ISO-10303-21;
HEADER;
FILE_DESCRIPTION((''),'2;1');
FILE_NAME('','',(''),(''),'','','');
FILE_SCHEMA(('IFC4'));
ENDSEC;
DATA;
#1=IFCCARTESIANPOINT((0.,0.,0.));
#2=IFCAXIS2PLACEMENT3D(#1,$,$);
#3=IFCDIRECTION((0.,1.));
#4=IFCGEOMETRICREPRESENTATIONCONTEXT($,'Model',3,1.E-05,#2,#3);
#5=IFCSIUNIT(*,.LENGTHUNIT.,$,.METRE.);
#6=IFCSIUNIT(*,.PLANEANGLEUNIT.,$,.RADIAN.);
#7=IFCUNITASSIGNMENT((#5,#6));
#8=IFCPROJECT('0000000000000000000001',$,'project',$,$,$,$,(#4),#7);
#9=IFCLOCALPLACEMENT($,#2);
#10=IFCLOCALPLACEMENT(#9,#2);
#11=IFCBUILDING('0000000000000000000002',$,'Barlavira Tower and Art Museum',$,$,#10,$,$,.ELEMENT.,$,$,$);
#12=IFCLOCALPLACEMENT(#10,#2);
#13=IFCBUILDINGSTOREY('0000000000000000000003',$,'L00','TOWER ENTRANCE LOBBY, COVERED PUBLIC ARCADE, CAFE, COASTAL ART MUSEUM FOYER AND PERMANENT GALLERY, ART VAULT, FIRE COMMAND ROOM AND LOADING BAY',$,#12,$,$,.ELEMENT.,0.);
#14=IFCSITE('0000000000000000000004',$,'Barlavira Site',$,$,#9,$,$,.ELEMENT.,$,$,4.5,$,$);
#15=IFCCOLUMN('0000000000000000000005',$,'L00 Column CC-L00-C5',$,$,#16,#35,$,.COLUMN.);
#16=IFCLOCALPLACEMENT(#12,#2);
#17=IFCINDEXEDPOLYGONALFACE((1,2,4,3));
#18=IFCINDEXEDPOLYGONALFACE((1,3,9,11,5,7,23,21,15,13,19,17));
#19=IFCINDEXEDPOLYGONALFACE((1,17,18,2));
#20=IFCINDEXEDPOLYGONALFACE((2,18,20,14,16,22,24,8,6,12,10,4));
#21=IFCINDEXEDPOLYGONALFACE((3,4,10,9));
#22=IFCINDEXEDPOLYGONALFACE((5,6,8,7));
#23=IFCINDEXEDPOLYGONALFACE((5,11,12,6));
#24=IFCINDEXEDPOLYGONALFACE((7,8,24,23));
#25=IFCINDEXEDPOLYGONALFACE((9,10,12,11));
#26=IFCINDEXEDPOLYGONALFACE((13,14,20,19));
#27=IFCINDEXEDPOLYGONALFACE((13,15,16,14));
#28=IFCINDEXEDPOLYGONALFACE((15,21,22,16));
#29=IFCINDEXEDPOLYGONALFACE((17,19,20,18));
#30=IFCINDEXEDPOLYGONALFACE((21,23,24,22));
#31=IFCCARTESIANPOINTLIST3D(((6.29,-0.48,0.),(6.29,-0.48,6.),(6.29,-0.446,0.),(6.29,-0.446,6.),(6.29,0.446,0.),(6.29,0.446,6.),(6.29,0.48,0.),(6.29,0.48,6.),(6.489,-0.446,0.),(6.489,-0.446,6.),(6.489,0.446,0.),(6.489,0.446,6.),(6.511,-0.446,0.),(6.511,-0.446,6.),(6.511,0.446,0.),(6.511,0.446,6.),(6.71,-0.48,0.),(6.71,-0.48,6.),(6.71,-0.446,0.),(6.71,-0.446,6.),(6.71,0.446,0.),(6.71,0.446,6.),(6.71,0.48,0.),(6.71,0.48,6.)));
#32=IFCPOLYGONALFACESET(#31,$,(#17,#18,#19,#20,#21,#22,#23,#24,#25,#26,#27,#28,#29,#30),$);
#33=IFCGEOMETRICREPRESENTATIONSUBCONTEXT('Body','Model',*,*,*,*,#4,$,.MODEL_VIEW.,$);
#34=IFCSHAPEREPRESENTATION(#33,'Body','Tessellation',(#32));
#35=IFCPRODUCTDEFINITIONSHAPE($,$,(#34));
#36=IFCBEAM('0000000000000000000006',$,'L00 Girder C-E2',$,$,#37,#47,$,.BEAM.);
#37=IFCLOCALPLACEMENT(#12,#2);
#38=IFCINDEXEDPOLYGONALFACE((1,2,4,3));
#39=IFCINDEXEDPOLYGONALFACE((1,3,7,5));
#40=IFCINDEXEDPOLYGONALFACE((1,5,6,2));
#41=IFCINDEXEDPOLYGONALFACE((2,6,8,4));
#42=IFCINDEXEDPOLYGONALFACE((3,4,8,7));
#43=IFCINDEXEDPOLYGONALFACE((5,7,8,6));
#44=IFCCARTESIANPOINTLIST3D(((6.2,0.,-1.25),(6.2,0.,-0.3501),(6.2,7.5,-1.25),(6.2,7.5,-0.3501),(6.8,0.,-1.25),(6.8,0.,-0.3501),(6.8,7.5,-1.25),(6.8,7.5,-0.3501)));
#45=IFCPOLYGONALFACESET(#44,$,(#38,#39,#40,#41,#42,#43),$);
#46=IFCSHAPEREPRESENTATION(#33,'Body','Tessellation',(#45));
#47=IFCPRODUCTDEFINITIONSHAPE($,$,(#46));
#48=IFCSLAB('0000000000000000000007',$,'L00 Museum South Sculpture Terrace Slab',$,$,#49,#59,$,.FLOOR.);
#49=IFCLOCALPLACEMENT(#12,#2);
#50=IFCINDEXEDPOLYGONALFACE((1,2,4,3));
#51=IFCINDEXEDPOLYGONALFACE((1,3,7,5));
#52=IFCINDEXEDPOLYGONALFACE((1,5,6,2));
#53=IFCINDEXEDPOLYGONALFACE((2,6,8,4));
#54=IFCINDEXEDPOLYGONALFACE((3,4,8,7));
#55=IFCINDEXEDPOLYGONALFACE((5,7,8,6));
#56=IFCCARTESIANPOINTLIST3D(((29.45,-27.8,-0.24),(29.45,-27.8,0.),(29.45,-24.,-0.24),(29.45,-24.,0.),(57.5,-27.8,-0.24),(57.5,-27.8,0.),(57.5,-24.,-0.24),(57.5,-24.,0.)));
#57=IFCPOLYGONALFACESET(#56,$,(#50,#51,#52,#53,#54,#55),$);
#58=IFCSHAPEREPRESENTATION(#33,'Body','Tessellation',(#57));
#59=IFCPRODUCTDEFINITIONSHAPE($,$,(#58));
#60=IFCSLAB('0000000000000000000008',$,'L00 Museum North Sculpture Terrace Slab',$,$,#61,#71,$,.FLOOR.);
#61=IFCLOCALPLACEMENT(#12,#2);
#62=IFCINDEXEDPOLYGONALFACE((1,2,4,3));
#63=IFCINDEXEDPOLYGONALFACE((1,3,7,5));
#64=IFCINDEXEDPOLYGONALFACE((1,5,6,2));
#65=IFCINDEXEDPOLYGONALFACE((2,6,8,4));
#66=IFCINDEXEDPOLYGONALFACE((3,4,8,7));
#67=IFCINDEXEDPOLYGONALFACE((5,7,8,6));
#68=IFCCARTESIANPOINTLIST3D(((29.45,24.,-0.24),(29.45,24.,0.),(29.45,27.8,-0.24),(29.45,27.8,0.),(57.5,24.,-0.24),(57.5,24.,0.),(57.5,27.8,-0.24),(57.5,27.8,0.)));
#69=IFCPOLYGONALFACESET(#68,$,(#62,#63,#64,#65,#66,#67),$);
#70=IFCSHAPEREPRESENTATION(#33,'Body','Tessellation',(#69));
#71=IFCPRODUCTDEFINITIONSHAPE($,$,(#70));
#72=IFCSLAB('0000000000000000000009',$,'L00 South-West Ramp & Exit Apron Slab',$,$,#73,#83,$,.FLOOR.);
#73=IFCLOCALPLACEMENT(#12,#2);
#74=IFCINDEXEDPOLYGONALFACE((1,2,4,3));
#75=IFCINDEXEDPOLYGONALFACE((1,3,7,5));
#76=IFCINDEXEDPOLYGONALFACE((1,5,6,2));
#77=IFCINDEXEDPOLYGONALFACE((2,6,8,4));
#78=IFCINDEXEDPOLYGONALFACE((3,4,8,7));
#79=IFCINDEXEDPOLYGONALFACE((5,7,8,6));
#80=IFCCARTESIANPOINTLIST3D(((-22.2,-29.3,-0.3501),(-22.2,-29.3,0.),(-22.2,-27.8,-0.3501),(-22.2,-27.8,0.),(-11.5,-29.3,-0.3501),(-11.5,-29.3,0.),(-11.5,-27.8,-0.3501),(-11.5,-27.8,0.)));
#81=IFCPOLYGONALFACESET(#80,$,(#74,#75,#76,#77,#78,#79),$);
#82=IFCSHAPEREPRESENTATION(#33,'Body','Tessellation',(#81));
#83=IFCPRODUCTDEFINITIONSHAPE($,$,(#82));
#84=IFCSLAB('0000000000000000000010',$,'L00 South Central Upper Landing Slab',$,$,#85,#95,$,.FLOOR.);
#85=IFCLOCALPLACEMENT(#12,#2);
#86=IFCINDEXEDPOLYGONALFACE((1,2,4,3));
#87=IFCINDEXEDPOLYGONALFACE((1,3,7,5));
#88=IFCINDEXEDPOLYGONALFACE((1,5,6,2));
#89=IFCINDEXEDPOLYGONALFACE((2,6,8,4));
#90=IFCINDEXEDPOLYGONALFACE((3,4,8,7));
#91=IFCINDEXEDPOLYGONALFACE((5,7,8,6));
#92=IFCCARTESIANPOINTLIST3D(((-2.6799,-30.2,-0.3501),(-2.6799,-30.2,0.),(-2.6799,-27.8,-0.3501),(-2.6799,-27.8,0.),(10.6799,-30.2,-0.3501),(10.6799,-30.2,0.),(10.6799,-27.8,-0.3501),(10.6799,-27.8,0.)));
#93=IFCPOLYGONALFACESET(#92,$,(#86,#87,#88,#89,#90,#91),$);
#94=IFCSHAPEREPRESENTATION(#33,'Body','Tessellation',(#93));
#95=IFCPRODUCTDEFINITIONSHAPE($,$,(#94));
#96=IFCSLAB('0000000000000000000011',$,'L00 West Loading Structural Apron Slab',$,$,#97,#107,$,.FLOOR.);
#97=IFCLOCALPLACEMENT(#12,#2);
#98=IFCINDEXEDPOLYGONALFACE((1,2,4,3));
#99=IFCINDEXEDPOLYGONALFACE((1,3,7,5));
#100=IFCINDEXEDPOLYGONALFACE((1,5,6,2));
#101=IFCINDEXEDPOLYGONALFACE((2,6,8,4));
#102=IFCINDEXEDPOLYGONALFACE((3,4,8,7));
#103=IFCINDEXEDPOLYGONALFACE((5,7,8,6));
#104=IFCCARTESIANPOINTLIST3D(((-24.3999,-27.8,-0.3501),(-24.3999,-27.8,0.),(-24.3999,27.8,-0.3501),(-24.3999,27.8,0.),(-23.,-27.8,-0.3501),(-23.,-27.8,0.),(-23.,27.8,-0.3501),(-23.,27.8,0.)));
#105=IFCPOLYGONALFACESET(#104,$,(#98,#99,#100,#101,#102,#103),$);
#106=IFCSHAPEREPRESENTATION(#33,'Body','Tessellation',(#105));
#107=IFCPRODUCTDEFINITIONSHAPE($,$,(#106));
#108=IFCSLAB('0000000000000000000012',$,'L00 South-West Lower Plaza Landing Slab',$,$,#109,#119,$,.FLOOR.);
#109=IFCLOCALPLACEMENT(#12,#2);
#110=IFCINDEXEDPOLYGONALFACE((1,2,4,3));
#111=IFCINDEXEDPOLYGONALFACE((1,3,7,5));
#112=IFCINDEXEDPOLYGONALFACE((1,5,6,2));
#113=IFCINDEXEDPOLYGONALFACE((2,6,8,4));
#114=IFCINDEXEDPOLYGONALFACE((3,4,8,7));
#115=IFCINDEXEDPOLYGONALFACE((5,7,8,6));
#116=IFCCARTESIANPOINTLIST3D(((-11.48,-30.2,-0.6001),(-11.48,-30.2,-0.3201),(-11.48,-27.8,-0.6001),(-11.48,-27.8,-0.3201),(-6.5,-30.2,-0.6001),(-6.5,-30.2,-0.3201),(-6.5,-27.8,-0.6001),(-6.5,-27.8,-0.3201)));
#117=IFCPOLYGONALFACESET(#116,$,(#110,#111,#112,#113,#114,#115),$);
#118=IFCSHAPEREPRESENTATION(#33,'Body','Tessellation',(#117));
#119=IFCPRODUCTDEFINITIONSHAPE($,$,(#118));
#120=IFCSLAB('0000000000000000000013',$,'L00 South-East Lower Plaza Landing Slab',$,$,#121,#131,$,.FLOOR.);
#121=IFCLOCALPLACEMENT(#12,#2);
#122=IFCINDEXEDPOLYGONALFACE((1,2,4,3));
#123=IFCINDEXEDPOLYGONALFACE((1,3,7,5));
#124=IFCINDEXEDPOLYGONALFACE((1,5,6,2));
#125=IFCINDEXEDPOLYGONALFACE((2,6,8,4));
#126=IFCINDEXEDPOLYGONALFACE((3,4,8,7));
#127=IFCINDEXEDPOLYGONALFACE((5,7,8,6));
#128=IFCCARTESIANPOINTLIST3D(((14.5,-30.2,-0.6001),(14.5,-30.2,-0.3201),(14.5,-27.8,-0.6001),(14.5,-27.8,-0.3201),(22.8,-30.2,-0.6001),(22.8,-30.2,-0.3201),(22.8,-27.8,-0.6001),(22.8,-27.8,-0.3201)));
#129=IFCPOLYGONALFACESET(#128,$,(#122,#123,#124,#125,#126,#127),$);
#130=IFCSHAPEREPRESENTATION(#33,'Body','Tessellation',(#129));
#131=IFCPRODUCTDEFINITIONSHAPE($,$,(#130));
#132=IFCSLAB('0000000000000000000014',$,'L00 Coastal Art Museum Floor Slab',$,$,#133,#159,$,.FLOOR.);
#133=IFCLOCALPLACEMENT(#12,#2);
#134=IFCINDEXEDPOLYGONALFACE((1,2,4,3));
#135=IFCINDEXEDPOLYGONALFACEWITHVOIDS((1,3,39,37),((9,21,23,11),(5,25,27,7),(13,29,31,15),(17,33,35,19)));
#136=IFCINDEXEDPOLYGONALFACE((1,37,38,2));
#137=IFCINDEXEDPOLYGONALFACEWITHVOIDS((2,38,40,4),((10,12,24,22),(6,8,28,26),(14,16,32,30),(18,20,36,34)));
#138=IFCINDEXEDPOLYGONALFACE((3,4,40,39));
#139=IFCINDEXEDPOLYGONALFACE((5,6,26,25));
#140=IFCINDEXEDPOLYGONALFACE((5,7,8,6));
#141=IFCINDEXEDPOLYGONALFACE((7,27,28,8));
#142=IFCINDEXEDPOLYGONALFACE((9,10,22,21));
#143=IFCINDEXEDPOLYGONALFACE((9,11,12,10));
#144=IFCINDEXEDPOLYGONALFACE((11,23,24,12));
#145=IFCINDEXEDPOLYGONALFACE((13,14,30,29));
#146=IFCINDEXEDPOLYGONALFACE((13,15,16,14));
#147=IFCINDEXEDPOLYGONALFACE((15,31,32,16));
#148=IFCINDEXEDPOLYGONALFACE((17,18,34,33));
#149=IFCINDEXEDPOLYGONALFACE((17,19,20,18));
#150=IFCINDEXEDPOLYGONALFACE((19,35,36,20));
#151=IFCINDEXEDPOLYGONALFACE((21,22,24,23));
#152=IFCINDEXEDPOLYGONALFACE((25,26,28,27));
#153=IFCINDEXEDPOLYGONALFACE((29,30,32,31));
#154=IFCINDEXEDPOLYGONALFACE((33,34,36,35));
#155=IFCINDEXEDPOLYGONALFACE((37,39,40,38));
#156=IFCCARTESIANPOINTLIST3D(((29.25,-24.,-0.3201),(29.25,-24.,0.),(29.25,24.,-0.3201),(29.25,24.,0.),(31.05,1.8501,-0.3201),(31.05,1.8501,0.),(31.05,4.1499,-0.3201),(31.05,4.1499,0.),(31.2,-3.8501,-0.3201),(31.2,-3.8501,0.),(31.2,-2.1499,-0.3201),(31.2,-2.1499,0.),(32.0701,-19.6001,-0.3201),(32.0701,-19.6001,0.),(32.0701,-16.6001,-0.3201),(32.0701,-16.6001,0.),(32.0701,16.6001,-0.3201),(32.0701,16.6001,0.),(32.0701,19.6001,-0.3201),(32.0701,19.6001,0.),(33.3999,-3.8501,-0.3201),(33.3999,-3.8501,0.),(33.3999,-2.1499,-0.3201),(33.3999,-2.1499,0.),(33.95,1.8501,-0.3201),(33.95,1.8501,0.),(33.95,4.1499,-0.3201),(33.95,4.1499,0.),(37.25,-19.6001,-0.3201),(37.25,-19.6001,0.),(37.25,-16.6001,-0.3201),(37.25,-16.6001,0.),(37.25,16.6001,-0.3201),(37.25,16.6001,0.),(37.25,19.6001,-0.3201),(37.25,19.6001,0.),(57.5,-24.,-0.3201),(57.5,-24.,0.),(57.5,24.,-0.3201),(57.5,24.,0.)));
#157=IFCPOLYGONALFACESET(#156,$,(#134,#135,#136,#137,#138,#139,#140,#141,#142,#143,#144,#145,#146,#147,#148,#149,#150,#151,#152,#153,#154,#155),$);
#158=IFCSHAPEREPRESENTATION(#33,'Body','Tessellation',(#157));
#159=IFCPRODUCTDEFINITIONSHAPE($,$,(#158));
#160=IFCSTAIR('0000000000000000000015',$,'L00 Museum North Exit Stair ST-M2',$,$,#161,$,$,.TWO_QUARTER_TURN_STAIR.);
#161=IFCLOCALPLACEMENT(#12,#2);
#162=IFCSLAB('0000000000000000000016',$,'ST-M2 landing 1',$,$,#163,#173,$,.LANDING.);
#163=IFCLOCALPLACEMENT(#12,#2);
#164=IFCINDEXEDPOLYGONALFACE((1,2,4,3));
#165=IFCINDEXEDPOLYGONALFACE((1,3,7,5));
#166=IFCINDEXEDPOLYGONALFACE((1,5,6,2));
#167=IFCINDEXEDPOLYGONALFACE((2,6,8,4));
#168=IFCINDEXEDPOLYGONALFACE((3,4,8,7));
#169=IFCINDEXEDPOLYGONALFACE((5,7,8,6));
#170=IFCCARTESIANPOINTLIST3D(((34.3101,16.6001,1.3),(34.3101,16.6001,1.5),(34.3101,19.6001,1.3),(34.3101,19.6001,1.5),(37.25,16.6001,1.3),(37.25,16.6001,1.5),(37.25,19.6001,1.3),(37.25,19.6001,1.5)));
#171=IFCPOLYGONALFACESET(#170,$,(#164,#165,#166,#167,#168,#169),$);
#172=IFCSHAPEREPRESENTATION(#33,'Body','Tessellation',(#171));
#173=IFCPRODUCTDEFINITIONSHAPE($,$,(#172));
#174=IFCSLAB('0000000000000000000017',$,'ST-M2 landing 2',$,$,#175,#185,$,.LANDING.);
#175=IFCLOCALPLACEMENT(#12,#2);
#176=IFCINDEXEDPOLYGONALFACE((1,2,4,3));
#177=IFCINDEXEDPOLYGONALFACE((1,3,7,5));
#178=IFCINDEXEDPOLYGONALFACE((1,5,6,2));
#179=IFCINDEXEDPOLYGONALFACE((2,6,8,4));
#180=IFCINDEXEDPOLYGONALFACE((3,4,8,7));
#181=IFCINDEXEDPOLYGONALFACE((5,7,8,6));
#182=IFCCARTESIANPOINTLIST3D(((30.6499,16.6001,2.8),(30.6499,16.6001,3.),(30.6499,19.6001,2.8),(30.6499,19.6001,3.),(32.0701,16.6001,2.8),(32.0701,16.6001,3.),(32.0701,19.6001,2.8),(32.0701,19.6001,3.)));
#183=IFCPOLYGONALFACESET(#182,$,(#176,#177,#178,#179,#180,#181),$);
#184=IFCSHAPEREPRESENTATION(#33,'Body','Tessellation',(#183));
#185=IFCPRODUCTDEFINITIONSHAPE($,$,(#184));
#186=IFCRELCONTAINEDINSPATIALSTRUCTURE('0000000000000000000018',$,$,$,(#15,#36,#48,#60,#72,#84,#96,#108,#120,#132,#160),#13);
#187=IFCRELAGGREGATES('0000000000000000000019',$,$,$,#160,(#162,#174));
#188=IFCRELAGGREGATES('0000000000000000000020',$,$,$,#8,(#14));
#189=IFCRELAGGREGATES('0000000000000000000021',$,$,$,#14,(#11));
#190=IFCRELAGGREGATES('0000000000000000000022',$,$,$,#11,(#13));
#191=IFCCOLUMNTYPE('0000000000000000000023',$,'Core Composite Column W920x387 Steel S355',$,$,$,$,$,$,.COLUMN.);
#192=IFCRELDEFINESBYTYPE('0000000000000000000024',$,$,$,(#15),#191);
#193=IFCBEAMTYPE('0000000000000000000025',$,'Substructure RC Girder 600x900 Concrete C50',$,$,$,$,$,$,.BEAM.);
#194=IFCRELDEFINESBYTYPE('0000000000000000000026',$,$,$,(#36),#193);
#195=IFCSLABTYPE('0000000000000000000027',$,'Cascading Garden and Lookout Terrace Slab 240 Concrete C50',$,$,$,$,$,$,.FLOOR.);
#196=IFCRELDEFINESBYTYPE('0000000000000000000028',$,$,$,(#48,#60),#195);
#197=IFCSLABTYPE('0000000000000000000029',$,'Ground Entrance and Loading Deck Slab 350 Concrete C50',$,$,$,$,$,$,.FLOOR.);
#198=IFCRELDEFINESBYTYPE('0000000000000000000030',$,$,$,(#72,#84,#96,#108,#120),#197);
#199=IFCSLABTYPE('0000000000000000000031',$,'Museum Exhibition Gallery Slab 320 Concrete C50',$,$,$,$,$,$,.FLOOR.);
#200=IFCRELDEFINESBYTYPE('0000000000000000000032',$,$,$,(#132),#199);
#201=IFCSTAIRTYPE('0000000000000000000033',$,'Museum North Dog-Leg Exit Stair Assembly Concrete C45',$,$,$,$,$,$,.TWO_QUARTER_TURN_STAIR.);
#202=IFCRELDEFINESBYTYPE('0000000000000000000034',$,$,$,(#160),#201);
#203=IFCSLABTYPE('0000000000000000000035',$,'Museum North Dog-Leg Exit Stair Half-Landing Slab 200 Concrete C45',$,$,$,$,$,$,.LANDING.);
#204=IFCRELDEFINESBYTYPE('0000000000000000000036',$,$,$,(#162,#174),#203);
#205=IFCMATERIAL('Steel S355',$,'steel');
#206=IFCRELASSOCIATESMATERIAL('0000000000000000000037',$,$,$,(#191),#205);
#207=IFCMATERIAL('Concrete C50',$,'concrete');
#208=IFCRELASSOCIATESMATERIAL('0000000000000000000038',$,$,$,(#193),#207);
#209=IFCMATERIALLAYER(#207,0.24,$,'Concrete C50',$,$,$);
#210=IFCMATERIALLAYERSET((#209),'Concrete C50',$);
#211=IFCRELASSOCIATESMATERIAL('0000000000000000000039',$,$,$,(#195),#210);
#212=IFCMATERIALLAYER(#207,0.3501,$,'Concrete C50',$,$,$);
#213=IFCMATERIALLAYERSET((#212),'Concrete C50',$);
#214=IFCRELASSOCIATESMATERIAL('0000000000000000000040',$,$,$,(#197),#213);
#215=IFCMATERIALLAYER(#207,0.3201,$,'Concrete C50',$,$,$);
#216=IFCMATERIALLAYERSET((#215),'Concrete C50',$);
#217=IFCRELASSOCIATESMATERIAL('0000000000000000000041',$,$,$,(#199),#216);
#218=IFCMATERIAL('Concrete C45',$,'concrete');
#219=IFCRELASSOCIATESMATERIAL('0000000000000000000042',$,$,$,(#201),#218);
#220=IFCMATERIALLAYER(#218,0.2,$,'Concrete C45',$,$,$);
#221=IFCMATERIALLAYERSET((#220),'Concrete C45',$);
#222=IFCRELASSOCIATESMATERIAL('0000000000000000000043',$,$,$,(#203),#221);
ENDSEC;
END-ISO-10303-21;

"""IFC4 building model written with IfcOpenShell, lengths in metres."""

from ifc_helpers import new_model, si_unit, direction, frame, origin, origin_2d, place, context, subcontext, project, spatial, polyline, rectangle, i_section, outline, extrude, material, layer, layer_set, material_profile, profile_set, type_object, element, aggregate, save


model = new_model("IFC4")

# Units and contexts
model_context = context("Model", 3, precision=1e-05, world=origin(), true_north=direction((0.0, 1.0)))
body_context = subcontext(model_context, "Body", "Model", "MODEL_VIEW")
ifc_project = project(units=[si_unit("LENGTHUNIT", "METRE"), si_unit("PLANEANGLEUNIT", "RADIAN")], contexts=[model_context])

# Site, building, storey
site_placement = place(None, origin())
site = spatial("IfcSite", under=ifc_project, at=site_placement, Name="Barlavira Site", CompositionType="ELEMENT", RefElevation=4.5)
building_placement = place(site_placement, origin())
building = spatial("IfcBuilding", under=site, at=building_placement, Name="Barlavira Tower and Art Museum", CompositionType="ELEMENT")
storey_placement = place(building_placement, origin())
storey = spatial("IfcBuildingStorey", under=building, at=storey_placement, Name="L00", Description="TOWER ENTRANCE LOBBY, COVERED PUBLIC ARCADE, CAFE, COASTAL ART MUSEUM FOYER AND PERMANENT GALLERY, ART VAULT, FIRE COMMAND ROOM AND LOADING BAY", CompositionType="ELEMENT", Elevation=0.0)

# Column
ifc_material_1 = material(Name="Steel S355", Category="steel")
ifc_material_profile_1 = material_profile(ifc_material_1, i_section(OverallWidth=0.4199, OverallDepth=0.96, WebThickness=0.022, FlangeThickness=0.0339, at=origin_2d()), Name="W920x387.0")
ifc_profile_set_1 = profile_set([ifc_material_profile_1], Name="Steel S355")
column_type = type_object("IfcColumnType", Name="Core Composite Column W920x387 Steel S355", PredefinedType="COLUMN", material=ifc_profile_set_1)
column_placement = place(storey_placement, frame((6.5, 0.0, 0.0), z_axis=(0.0, 0.0, 1.0), x_axis=(1.0, 0.0, 0.0)))
element("IfcColumn", 1, at=column_placement, inside=storey, type_object=column_type, Name="L00 Column CC-L00-C5", PredefinedType="COLUMN", context=body_context, shape_type="SweptSolid", body=[
    extrude(i_section(OverallWidth=0.4199, OverallDepth=0.96, WebThickness=0.022, FlangeThickness=0.0339, at=origin_2d()), origin(), (0.0, 0.0, 1.0), 6.0),
])

# Beam
ifc_material_2 = material(Name="Concrete C50", Category="concrete")
ifc_material_profile_2 = material_profile(ifc_material_2, rectangle(XDim=0.6001, YDim=0.8999, at=origin_2d()), Name="RC-BM 600x900")
ifc_profile_set_2 = profile_set([ifc_material_profile_2], Name="Concrete C50")
beam_type = type_object("IfcBeamType", Name="Substructure RC Girder 600x900 Concrete C50", PredefinedType="BEAM", material=ifc_profile_set_2)
beam_placement = place(storey_placement, frame((6.5, 0.0, -0.8), z_axis=(0.0, 1.0, 0.0), x_axis=(-1.0, 0.0, 0.0)))
element("IfcBeam", 2, at=beam_placement, inside=storey, type_object=beam_type, Name="L00 Girder C-E2", PredefinedType="BEAM", context=body_context, shape_type="SweptSolid", body=[
    extrude(rectangle(XDim=0.6001, YDim=0.8999, at=origin_2d()), origin(), (0.0, 0.0, 1.0), 7.5),
])

# Slabs
ifc_layer_1 = layer(ifc_material_2, 0.24, Name="Concrete C50")
ifc_layer_set_1 = layer_set([ifc_layer_1], Name="Concrete C50")
slab_type_1 = type_object("IfcSlabType", Name="Cascading Garden and Lookout Terrace Slab 240 Concrete C50", PredefinedType="FLOOR", material=ifc_layer_set_1)
slab_1_placement = place(storey_placement, frame((0.0, 0.0, -0.24)))
element("IfcSlab", 3, at=slab_1_placement, inside=storey, type_object=slab_type_1, Name="L00 Museum South Sculpture Terrace Slab", PredefinedType="FLOOR", context=body_context, shape_type="SweptSolid", body=[
    extrude(outline(polyline([(29.45, -27.8), (57.5, -27.8), (57.5, -24.0), (29.45, -24.0), (29.45, -27.8)])), origin(), (0.0, 0.0, 1.0), 0.24),
])
slab_2_placement = place(storey_placement, frame((0.0, 0.0, -0.24)))
element("IfcSlab", 4, at=slab_2_placement, inside=storey, type_object=slab_type_1, Name="L00 Museum North Sculpture Terrace Slab", PredefinedType="FLOOR", context=body_context, shape_type="SweptSolid", body=[
    extrude(outline(polyline([(29.45, 24.0), (57.5, 24.0), (57.5, 27.8), (29.45, 27.8), (29.45, 24.0)])), origin(), (0.0, 0.0, 1.0), 0.24),
])
ifc_layer_2 = layer(ifc_material_2, 0.3501, Name="Concrete C50")
ifc_layer_set_2 = layer_set([ifc_layer_2], Name="Concrete C50")
slab_type_2 = type_object("IfcSlabType", Name="Ground Entrance and Loading Deck Slab 350 Concrete C50", PredefinedType="FLOOR", material=ifc_layer_set_2)
slab_3_placement = place(storey_placement, frame((0.0, 0.0, -0.3501)))
element("IfcSlab", 5, at=slab_3_placement, inside=storey, type_object=slab_type_2, Name="L00 South-West Ramp & Exit Apron Slab", PredefinedType="FLOOR", context=body_context, shape_type="SweptSolid", body=[
    extrude(outline(polyline([(-22.2, -29.3), (-11.5, -29.3), (-11.5, -27.8), (-22.2, -27.8), (-22.2, -29.3)])), origin(), (0.0, 0.0, 1.0), 0.3501),
])
slab_4_placement = place(storey_placement, frame((0.0, 0.0, -0.3501)))
element("IfcSlab", 6, at=slab_4_placement, inside=storey, type_object=slab_type_2, Name="L00 South Central Upper Landing Slab", PredefinedType="FLOOR", context=body_context, shape_type="SweptSolid", body=[
    extrude(outline(polyline([(-2.6799, -30.2), (10.6799, -30.2), (10.6799, -27.8), (-2.6799, -27.8), (-2.6799, -30.2)])), origin(), (0.0, 0.0, 1.0), 0.3501),
])
slab_5_placement = place(storey_placement, frame((0.0, 0.0, -0.3501)))
element("IfcSlab", 7, at=slab_5_placement, inside=storey, type_object=slab_type_2, Name="L00 West Loading Structural Apron Slab", PredefinedType="FLOOR", context=body_context, shape_type="SweptSolid", body=[
    extrude(outline(polyline([(-24.3999, -27.8), (-23.0, -27.8), (-23.0, 27.8), (-24.3999, 27.8), (-24.3999, -27.8)])), origin(), (0.0, 0.0, 1.0), 0.3501),
])
slab_6_placement = place(storey_placement, frame((0.0, 0.0, -0.6001)))
element("IfcSlab", 8, at=slab_6_placement, inside=storey, type_object=slab_type_2, Name="L00 South-West Lower Plaza Landing Slab", PredefinedType="FLOOR", context=body_context, shape_type="SweptSolid", body=[
    extrude(outline(polyline([(-11.48, -30.2), (-6.5, -30.2), (-6.5, -27.8), (-11.48, -27.8), (-11.48, -30.2)])), origin(), (0.0, 0.0, 1.0), 0.28),
])
slab_7_placement = place(storey_placement, frame((0.0, 0.0, -0.6001)))
element("IfcSlab", 9, at=slab_7_placement, inside=storey, type_object=slab_type_2, Name="L00 South-East Lower Plaza Landing Slab", PredefinedType="FLOOR", context=body_context, shape_type="SweptSolid", body=[
    extrude(outline(polyline([(14.5, -30.2), (22.8, -30.2), (22.8, -27.8), (14.5, -27.8), (14.5, -30.2)])), origin(), (0.0, 0.0, 1.0), 0.28),
])
ifc_layer_3 = layer(ifc_material_2, 0.3201, Name="Concrete C50")
ifc_layer_set_3 = layer_set([ifc_layer_3], Name="Concrete C50")
slab_type_3 = type_object("IfcSlabType", Name="Museum Exhibition Gallery Slab 320 Concrete C50", PredefinedType="FLOOR", material=ifc_layer_set_3)
slab_8_placement = place(storey_placement, frame((0.0, 0.0, -0.3201)))
element("IfcSlab", 10, at=slab_8_placement, inside=storey, type_object=slab_type_3, Name="L00 Coastal Art Museum Floor Slab", PredefinedType="FLOOR", context=body_context, shape_type="SweptSolid", body=[
    extrude(outline(polyline([(29.25, -24.0), (57.5, -24.0), (57.5, 24.0), (29.25, 24.0), (29.25, -24.0)]), holes=[polyline([(32.0701, -19.6001), (37.25, -19.6001), (37.25, -16.6001), (32.0701, -16.6001), (32.0701, -19.6001)]), polyline([(32.0701, 16.6001), (37.25, 16.6001), (37.25, 19.6001), (32.0701, 19.6001), (32.0701, 16.6001)]), polyline([(31.2, -3.8501), (33.3999, -3.8501), (33.3999, -2.1499), (31.2, -2.1499), (31.2, -3.8501)]), polyline([(31.05, 1.8501), (33.95, 1.8501), (33.95, 4.1499), (31.05, 4.1499), (31.05, 1.8501)])]), origin(), (0.0, 0.0, 1.0), 0.3201),
])

# Stair, slabs
ifc_material_3 = material(Name="Concrete C45", Category="concrete")
stair_type_1 = type_object("IfcStairType", Name="Museum North Dog-Leg Exit Stair Assembly Concrete C45", PredefinedType="TWO_QUARTER_TURN_STAIR", material=ifc_material_3)
stair_1_placement = place(storey_placement, origin())
stair_1 = element("IfcStair", 11, at=stair_1_placement, inside=storey, type_object=stair_type_1, Name="L00 Museum North Exit Stair ST-M2", PredefinedType="TWO_QUARTER_TURN_STAIR")
ifc_layer_4 = layer(ifc_material_3, 0.2, Name="Concrete C45")
ifc_layer_set_4 = layer_set([ifc_layer_4], Name="Concrete C45")
slab_type_4 = type_object("IfcSlabType", Name="Museum North Dog-Leg Exit Stair Half-Landing Slab 200 Concrete C45", PredefinedType="LANDING", material=ifc_layer_set_4)
slab_9_placement = place(storey_placement, frame((0.0, 0.0, 1.3)))
slab_9 = element("IfcSlab", 12, at=slab_9_placement, type_object=slab_type_4, Name="ST-M2 landing 1", PredefinedType="LANDING", context=body_context, shape_type="SweptSolid", body=[
    extrude(outline(polyline([(34.3101, 16.6001), (37.25, 16.6001), (37.25, 19.6001), (34.3101, 19.6001), (34.3101, 16.6001)])), origin(), (0.0, 0.0, 1.0), 0.2),
])
slab_10_placement = place(storey_placement, frame((0.0, 0.0, 2.8)))
slab_10 = element("IfcSlab", 13, at=slab_10_placement, type_object=slab_type_4, Name="ST-M2 landing 2", PredefinedType="LANDING", context=body_context, shape_type="SweptSolid", body=[
    extrude(outline(polyline([(30.6499, 16.6001), (32.0701, 16.6001), (32.0701, 19.6001), (30.6499, 19.6001), (30.6499, 16.6001)])), origin(), (0.0, 0.0, 1.0), 0.2),
])
aggregate(stair_1, [slab_9, slab_10])

save(model, "model.ifc")
